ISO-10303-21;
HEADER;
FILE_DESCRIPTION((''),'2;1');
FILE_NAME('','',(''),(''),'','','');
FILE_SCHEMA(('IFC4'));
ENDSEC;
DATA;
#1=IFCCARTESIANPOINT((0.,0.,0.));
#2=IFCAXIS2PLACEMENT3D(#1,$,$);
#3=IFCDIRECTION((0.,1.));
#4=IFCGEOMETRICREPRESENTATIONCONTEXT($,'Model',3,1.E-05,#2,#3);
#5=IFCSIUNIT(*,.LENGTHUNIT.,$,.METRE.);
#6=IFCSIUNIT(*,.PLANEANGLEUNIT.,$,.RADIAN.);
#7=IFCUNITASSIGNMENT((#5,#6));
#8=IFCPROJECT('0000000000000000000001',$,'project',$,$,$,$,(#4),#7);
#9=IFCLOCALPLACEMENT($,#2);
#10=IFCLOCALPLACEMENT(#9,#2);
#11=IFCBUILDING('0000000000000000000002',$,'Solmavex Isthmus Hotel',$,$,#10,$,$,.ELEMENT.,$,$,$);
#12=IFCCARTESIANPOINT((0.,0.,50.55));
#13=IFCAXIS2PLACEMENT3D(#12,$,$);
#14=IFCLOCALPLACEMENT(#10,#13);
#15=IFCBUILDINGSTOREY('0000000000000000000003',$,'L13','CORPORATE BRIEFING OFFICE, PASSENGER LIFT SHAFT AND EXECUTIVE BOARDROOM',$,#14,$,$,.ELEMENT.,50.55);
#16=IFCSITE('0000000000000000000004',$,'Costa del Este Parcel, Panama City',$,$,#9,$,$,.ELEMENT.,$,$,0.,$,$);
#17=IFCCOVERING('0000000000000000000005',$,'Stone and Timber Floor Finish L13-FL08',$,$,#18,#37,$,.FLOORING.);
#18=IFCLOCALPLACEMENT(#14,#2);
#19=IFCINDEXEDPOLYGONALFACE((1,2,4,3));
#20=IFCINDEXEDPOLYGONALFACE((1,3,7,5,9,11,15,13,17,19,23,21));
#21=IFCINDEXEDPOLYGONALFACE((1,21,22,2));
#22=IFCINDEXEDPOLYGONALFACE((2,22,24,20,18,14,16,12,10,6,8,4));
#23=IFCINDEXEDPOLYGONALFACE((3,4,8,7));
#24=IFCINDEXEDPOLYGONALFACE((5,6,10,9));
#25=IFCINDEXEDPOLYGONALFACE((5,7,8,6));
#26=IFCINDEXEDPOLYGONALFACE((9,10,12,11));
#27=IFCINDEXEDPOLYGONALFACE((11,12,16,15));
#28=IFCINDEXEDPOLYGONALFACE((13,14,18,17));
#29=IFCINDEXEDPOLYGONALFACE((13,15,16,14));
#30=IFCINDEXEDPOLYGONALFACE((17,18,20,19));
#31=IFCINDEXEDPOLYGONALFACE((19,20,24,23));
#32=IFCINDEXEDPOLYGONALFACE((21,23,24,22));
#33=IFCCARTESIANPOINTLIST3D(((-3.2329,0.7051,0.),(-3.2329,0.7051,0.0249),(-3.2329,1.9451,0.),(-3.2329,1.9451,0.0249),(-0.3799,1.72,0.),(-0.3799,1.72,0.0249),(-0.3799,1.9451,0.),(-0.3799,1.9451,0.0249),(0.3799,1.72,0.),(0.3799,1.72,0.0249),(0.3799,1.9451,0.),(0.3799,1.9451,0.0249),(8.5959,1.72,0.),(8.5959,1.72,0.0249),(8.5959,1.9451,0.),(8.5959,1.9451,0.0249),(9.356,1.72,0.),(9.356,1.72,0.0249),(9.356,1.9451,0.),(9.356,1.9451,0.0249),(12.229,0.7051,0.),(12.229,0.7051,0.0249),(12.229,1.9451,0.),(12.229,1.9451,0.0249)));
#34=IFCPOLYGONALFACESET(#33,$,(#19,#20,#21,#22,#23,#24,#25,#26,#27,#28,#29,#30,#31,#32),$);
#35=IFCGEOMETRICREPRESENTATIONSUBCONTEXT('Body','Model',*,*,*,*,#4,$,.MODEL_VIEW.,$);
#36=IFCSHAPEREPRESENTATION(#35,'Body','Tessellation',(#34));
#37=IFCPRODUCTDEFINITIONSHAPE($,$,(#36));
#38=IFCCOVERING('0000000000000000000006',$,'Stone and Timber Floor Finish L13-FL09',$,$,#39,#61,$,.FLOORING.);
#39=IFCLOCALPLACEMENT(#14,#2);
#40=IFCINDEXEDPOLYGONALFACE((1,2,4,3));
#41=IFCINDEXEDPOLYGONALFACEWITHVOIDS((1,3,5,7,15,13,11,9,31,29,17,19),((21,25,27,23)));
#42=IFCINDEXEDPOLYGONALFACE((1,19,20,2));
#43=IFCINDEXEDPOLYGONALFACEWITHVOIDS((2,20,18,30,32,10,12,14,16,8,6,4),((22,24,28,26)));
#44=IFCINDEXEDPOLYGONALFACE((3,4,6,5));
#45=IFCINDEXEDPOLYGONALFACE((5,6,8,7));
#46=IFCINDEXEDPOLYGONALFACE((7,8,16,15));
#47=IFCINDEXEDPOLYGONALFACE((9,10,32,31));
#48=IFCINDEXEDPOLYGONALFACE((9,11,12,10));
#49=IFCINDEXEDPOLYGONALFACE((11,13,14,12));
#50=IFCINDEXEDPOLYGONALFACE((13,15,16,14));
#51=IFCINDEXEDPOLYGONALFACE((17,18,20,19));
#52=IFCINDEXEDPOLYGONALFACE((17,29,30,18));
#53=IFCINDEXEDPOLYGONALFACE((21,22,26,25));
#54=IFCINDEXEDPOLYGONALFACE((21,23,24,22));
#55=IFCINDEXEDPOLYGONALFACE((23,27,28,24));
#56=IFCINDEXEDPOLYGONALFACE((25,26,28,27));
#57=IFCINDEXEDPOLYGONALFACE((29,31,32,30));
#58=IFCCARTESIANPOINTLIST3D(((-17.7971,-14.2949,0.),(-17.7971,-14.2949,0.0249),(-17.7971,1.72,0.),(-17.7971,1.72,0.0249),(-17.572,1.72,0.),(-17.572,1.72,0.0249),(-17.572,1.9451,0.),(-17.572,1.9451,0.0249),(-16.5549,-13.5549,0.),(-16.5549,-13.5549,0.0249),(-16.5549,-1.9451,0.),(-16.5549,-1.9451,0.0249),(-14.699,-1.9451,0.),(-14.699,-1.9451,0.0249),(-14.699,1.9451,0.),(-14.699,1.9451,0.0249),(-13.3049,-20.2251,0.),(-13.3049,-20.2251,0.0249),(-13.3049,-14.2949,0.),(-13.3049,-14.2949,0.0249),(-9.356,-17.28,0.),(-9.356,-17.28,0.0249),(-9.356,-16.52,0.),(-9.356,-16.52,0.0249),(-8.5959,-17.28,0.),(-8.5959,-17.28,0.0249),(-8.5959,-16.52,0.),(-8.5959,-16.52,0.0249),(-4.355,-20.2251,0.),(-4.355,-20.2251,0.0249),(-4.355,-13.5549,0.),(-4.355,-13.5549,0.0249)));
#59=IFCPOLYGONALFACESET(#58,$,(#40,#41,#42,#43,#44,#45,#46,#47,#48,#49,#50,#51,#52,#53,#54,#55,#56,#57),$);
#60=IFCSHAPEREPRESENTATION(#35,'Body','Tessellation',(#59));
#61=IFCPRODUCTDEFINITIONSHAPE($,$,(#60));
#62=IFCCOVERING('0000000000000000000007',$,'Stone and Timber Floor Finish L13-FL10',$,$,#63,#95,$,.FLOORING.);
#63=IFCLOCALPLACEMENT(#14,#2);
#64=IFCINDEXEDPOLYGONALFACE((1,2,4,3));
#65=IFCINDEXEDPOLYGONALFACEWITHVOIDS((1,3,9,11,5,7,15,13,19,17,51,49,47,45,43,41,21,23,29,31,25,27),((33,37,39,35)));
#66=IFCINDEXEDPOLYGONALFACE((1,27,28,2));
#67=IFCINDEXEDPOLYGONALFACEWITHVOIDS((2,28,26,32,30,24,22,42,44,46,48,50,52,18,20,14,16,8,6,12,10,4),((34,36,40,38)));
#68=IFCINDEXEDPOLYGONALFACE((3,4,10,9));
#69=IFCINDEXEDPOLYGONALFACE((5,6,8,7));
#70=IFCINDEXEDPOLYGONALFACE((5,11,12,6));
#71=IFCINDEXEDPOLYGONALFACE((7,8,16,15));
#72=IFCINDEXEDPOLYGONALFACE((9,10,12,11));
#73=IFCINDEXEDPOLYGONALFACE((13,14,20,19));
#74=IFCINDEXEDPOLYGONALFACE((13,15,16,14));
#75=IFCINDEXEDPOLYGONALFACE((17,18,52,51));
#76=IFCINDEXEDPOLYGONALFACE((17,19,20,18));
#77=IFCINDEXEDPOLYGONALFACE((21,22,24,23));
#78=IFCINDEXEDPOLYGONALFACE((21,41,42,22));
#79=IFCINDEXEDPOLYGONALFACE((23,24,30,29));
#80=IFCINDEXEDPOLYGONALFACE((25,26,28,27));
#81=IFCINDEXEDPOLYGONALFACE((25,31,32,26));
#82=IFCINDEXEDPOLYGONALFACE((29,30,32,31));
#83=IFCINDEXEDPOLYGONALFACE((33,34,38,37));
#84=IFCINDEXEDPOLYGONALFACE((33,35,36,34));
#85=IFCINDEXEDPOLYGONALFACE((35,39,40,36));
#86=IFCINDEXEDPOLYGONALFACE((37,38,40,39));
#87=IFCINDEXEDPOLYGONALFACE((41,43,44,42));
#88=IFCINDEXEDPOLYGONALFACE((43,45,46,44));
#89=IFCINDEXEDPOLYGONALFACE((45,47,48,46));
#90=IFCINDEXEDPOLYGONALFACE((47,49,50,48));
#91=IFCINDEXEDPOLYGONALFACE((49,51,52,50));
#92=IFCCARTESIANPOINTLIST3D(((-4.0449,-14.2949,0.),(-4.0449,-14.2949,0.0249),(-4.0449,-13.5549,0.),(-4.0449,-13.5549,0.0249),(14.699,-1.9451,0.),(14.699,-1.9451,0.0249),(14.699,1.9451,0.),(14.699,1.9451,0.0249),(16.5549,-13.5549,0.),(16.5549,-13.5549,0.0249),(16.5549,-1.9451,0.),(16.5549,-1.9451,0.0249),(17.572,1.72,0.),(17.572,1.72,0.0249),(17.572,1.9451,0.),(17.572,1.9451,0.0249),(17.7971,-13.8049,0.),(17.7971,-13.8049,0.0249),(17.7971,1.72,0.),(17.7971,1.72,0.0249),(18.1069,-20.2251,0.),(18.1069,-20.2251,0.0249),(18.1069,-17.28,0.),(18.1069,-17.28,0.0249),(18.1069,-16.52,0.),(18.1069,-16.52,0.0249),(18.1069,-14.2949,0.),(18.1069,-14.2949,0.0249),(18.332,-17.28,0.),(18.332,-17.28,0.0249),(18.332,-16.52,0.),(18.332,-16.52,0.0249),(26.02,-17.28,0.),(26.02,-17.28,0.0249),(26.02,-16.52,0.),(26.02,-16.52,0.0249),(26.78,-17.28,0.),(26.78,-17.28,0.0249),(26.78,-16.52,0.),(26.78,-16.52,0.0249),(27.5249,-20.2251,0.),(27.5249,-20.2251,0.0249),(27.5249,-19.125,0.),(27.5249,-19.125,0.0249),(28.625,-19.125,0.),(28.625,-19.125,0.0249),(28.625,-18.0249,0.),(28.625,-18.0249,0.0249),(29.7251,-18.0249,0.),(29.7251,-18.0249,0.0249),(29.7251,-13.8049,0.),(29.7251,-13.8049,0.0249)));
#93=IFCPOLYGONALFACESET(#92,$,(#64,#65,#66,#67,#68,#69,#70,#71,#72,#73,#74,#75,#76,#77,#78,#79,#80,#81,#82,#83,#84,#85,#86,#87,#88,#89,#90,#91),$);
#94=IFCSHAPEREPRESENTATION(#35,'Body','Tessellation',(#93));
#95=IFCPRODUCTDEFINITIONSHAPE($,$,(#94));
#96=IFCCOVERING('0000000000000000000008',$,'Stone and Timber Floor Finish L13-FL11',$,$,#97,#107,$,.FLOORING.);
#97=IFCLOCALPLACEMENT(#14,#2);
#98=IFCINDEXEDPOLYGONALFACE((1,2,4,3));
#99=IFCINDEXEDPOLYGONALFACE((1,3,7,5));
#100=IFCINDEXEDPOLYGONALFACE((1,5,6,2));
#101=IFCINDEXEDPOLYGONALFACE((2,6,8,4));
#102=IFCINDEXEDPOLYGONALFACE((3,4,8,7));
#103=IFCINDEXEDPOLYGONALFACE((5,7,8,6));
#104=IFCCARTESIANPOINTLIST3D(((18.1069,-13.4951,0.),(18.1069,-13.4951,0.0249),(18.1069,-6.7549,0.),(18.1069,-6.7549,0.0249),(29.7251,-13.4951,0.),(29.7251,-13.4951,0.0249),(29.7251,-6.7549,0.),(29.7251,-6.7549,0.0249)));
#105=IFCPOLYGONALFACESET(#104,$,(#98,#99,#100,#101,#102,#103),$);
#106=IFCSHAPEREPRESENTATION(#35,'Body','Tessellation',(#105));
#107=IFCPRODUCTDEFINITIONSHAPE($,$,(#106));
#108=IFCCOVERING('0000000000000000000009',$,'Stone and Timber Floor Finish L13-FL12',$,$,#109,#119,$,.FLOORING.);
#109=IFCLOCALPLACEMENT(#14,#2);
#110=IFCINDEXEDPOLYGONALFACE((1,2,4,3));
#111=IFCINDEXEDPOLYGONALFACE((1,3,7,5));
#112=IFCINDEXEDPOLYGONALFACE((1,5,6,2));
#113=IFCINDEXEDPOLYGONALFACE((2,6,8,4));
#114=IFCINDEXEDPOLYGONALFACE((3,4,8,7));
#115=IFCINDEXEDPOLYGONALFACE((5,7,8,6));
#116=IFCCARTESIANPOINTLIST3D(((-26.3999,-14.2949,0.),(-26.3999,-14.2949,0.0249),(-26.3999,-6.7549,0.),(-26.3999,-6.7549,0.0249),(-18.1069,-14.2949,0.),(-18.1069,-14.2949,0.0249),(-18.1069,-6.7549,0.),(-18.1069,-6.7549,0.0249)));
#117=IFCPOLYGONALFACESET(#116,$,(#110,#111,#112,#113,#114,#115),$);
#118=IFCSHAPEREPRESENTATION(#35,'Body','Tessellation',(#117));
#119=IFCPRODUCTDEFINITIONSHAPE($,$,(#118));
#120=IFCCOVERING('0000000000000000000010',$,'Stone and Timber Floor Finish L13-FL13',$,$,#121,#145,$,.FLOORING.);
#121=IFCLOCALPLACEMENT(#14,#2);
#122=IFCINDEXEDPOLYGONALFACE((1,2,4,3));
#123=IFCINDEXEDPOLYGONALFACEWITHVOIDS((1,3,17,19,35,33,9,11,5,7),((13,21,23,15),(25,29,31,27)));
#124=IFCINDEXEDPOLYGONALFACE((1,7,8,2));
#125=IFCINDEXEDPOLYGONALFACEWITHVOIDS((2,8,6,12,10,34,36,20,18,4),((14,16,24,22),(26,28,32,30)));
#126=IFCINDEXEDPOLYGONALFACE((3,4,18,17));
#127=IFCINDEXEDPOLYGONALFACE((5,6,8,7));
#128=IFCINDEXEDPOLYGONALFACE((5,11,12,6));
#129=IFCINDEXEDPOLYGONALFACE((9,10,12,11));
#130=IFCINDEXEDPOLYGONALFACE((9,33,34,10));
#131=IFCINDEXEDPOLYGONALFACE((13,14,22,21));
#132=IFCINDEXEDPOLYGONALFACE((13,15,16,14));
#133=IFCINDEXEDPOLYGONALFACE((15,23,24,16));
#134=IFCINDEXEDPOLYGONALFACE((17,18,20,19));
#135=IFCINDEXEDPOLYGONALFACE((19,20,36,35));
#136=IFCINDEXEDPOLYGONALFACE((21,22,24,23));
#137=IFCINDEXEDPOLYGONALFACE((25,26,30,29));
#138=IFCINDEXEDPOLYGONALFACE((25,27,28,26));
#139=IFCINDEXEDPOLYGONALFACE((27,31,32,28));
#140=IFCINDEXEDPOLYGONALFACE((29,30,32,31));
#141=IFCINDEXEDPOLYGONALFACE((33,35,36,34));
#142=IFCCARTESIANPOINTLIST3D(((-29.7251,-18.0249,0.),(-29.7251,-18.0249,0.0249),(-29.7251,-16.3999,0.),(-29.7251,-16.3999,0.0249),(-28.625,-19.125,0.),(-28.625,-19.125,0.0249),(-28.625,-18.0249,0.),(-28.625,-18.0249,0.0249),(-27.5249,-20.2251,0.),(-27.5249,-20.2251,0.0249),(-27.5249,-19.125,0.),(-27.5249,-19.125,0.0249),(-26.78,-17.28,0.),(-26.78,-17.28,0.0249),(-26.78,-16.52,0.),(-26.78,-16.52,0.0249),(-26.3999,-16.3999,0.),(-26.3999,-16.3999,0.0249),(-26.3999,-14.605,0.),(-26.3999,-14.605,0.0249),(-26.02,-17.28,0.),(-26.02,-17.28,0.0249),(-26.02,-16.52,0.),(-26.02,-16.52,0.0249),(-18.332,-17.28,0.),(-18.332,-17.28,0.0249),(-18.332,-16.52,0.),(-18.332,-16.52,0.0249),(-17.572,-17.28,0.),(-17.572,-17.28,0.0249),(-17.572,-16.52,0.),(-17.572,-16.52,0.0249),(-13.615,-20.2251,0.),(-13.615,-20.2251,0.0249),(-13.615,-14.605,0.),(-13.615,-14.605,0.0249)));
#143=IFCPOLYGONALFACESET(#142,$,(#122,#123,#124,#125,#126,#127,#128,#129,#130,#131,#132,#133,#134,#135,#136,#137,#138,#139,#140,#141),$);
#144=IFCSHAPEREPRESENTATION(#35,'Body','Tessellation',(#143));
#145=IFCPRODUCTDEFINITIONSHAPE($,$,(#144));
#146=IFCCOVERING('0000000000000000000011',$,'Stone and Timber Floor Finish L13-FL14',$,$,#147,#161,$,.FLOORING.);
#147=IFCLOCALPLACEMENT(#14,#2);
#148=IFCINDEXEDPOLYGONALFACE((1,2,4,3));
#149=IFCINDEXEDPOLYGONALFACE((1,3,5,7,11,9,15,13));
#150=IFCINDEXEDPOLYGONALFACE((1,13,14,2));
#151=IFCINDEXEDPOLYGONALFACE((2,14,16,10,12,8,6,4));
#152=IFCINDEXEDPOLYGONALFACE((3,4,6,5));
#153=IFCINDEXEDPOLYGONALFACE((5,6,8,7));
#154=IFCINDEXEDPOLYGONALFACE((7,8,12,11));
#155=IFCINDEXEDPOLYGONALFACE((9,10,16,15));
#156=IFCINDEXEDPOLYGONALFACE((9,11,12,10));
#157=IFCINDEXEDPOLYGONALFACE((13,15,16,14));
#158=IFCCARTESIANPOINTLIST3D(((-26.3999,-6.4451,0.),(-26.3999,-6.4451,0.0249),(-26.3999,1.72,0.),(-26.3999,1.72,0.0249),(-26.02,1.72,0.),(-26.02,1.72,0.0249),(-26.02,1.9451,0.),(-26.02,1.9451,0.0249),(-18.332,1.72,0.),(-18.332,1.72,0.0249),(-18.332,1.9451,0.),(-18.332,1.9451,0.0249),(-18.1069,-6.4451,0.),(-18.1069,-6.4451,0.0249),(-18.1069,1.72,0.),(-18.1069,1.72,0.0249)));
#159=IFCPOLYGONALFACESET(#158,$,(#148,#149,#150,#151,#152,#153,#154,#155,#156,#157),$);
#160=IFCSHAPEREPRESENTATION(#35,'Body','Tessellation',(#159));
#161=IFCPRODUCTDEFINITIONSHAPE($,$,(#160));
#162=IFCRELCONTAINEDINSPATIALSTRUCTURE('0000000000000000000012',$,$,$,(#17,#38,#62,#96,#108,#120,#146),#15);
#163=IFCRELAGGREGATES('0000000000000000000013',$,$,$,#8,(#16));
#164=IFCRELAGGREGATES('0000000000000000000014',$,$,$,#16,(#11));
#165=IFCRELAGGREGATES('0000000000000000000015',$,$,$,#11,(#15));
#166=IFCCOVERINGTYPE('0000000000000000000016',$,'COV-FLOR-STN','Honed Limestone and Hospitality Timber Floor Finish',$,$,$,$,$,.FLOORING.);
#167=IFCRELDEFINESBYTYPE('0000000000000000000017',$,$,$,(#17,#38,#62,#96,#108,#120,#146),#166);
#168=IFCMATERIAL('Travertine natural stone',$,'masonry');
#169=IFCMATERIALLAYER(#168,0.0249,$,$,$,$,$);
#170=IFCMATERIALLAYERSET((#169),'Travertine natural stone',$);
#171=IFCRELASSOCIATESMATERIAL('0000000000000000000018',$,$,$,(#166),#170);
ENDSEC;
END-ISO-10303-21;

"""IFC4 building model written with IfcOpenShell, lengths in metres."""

from ifc_helpers import new_model, si_unit, direction, frame, origin, place, context, subcontext, project, spatial, polyline, outline, extrude, material, layer, layer_set, type_object, element, save


model = new_model("IFC4")

# Units and contexts
model_context = context("Model", 3, precision=1e-05, world=origin(), true_north=direction((0.0, 1.0)))
body_context = subcontext(model_context, "Body", "Model", "MODEL_VIEW")
ifc_project = project(units=[si_unit("LENGTHUNIT", "METRE"), si_unit("PLANEANGLEUNIT", "RADIAN")], contexts=[model_context])

# Site, building, storey
site_placement = place(None, origin())
site = spatial("IfcSite", under=ifc_project, at=site_placement, Name="Costa del Este Parcel, Panama City", CompositionType="ELEMENT", RefElevation=0.0)
building_placement = place(site_placement, origin())
building = spatial("IfcBuilding", under=site, at=building_placement, Name="Solmavex Isthmus Hotel", CompositionType="ELEMENT")
storey_placement = place(building_placement, frame((0.0, 0.0, 50.55)))
storey = spatial("IfcBuildingStorey", under=building, at=storey_placement, Name="L13", Description="CORPORATE BRIEFING OFFICE, PASSENGER LIFT SHAFT AND EXECUTIVE BOARDROOM", CompositionType="ELEMENT", Elevation=50.55)

# Coverings
ifc_material_1 = material(Name="Travertine natural stone", Category="masonry")
ifc_layer_1 = layer(ifc_material_1, 0.0249)
ifc_layer_set_1 = layer_set([ifc_layer_1], Name="Travertine natural stone")
covering_type_1 = type_object("IfcCoveringType", Name="COV-FLOR-STN", Description="Honed Limestone and Hospitality Timber Floor Finish", PredefinedType="FLOORING", material=ifc_layer_set_1)
covering_1_placement = place(storey_placement, origin())
element("IfcCovering", 1, at=covering_1_placement, inside=storey, type_object=covering_type_1, Name="Stone and Timber Floor Finish L13-FL08", PredefinedType="FLOORING", context=body_context, shape_type="SweptSolid", body=[
    extrude(outline(polyline([(0.3799, 1.9451), (0.3799, 1.72), (-0.3799, 1.72), (-0.3799, 1.9451), (-3.2329, 1.9451), (-3.2329, 0.7051), (12.229, 0.7051), (12.229, 1.9451), (9.356, 1.9451), (9.356, 1.72), (8.5959, 1.72), (8.5959, 1.9451), (0.3799, 1.9451)])), origin(), (0.0, 0.0, 1.0), 0.0249),
])
covering_2_placement = place(storey_placement, origin())
element("IfcCovering", 2, at=covering_2_placement, inside=storey, type_object=covering_type_1, Name="Stone and Timber Floor Finish L13-FL09", PredefinedType="FLOORING", context=body_context, shape_type="SweptSolid", body=[
    extrude(outline(polyline([(-17.572, 1.9451), (-17.572, 1.72), (-17.7971, 1.72), (-17.7971, -14.2949), (-13.3049, -14.2949), (-13.3049, -20.2251), (-4.355, -20.2251), (-4.355, -13.5549), (-16.5549, -13.5549), (-16.5549, -1.9451), (-14.699, -1.9451), (-14.699, 1.9451), (-17.572, 1.9451)]), holes=[polyline([(-9.356, -17.28), (-9.356, -16.52), (-8.5959, -16.52), (-8.5959, -17.28), (-9.356, -17.28)])]), origin(), (0.0, 0.0, 1.0), 0.0249),
])
covering_3_placement = place(storey_placement, origin())
element("IfcCovering", 3, at=covering_3_placement, inside=storey, type_object=covering_type_1, Name="Stone and Timber Floor Finish L13-FL10", PredefinedType="FLOORING", context=body_context, shape_type="SweptSolid", body=[
    extrude(outline(polyline([(18.1069, -16.52), (18.332, -16.52), (18.332, -17.28), (18.1069, -17.28), (18.1069, -20.2251), (27.5249, -20.2251), (27.5249, -19.125), (28.625, -19.125), (28.625, -18.0249), (29.7251, -18.0249), (29.7251, -13.8049), (17.7971, -13.8049), (17.7971, 1.72), (17.572, 1.72), (17.572, 1.9451), (14.699, 1.9451), (14.699, -1.9451), (16.5549, -1.9451), (16.5549, -13.5549), (-4.0449, -13.5549), (-4.0449, -14.2949), (18.1069, -14.2949), (18.1069, -16.52)]), holes=[polyline([(26.02, -17.28), (26.02, -16.52), (26.78, -16.52), (26.78, -17.28), (26.02, -17.28)])]), origin(), (0.0, 0.0, 1.0), 0.0249),
])
covering_4_placement = place(storey_placement, origin())
element("IfcCovering", 4, at=covering_4_placement, inside=storey, type_object=covering_type_1, Name="Stone and Timber Floor Finish L13-FL11", PredefinedType="FLOORING", context=body_context, shape_type="SweptSolid", body=[
    extrude(outline(polyline([(29.7251, -6.7549), (18.1069, -6.7549), (18.1069, -13.4951), (29.7251, -13.4951), (29.7251, -6.7549)])), origin(), (0.0, 0.0, 1.0), 0.0249),
])
covering_5_placement = place(storey_placement, origin())
element("IfcCovering", 5, at=covering_5_placement, inside=storey, type_object=covering_type_1, Name="Stone and Timber Floor Finish L13-FL12", PredefinedType="FLOORING", context=body_context, shape_type="SweptSolid", body=[
    extrude(outline(polyline([(-26.3999, -6.7549), (-26.3999, -14.2949), (-18.1069, -14.2949), (-18.1069, -6.7549), (-26.3999, -6.7549)])), origin(), (0.0, 0.0, 1.0), 0.0249),
])
covering_6_placement = place(storey_placement, origin())
element("IfcCovering", 6, at=covering_6_placement, inside=storey, type_object=covering_type_1, Name="Stone and Timber Floor Finish L13-FL13", PredefinedType="FLOORING", context=body_context, shape_type="SweptSolid", body=[
    extrude(outline(polyline([(-29.7251, -18.0249), (-28.625, -18.0249), (-28.625, -19.125), (-27.5249, -19.125), (-27.5249, -20.2251), (-13.615, -20.2251), (-13.615, -14.605), (-26.3999, -14.605), (-26.3999, -16.3999), (-29.7251, -16.3999), (-29.7251, -18.0249)]), holes=[polyline([(-18.332, -17.28), (-18.332, -16.52), (-17.572, -16.52), (-17.572, -17.28), (-18.332, -17.28)]), polyline([(-26.78, -17.28), (-26.78, -16.52), (-26.02, -16.52), (-26.02, -17.28), (-26.78, -17.28)])]), origin(), (0.0, 0.0, 1.0), 0.0249),
])
covering_7_placement = place(storey_placement, origin())
element("IfcCovering", 7, at=covering_7_placement, inside=storey, type_object=covering_type_1, Name="Stone and Timber Floor Finish L13-FL14", PredefinedType="FLOORING", context=body_context, shape_type="SweptSolid", body=[
    extrude(outline(polyline([(-26.02, 1.9451), (-26.02, 1.72), (-26.3999, 1.72), (-26.3999, -6.4451), (-18.1069, -6.4451), (-18.1069, 1.72), (-18.332, 1.72), (-18.332, 1.9451), (-26.02, 1.9451)])), origin(), (0.0, 0.0, 1.0), 0.0249),
])

save(model, "model.ifc")
